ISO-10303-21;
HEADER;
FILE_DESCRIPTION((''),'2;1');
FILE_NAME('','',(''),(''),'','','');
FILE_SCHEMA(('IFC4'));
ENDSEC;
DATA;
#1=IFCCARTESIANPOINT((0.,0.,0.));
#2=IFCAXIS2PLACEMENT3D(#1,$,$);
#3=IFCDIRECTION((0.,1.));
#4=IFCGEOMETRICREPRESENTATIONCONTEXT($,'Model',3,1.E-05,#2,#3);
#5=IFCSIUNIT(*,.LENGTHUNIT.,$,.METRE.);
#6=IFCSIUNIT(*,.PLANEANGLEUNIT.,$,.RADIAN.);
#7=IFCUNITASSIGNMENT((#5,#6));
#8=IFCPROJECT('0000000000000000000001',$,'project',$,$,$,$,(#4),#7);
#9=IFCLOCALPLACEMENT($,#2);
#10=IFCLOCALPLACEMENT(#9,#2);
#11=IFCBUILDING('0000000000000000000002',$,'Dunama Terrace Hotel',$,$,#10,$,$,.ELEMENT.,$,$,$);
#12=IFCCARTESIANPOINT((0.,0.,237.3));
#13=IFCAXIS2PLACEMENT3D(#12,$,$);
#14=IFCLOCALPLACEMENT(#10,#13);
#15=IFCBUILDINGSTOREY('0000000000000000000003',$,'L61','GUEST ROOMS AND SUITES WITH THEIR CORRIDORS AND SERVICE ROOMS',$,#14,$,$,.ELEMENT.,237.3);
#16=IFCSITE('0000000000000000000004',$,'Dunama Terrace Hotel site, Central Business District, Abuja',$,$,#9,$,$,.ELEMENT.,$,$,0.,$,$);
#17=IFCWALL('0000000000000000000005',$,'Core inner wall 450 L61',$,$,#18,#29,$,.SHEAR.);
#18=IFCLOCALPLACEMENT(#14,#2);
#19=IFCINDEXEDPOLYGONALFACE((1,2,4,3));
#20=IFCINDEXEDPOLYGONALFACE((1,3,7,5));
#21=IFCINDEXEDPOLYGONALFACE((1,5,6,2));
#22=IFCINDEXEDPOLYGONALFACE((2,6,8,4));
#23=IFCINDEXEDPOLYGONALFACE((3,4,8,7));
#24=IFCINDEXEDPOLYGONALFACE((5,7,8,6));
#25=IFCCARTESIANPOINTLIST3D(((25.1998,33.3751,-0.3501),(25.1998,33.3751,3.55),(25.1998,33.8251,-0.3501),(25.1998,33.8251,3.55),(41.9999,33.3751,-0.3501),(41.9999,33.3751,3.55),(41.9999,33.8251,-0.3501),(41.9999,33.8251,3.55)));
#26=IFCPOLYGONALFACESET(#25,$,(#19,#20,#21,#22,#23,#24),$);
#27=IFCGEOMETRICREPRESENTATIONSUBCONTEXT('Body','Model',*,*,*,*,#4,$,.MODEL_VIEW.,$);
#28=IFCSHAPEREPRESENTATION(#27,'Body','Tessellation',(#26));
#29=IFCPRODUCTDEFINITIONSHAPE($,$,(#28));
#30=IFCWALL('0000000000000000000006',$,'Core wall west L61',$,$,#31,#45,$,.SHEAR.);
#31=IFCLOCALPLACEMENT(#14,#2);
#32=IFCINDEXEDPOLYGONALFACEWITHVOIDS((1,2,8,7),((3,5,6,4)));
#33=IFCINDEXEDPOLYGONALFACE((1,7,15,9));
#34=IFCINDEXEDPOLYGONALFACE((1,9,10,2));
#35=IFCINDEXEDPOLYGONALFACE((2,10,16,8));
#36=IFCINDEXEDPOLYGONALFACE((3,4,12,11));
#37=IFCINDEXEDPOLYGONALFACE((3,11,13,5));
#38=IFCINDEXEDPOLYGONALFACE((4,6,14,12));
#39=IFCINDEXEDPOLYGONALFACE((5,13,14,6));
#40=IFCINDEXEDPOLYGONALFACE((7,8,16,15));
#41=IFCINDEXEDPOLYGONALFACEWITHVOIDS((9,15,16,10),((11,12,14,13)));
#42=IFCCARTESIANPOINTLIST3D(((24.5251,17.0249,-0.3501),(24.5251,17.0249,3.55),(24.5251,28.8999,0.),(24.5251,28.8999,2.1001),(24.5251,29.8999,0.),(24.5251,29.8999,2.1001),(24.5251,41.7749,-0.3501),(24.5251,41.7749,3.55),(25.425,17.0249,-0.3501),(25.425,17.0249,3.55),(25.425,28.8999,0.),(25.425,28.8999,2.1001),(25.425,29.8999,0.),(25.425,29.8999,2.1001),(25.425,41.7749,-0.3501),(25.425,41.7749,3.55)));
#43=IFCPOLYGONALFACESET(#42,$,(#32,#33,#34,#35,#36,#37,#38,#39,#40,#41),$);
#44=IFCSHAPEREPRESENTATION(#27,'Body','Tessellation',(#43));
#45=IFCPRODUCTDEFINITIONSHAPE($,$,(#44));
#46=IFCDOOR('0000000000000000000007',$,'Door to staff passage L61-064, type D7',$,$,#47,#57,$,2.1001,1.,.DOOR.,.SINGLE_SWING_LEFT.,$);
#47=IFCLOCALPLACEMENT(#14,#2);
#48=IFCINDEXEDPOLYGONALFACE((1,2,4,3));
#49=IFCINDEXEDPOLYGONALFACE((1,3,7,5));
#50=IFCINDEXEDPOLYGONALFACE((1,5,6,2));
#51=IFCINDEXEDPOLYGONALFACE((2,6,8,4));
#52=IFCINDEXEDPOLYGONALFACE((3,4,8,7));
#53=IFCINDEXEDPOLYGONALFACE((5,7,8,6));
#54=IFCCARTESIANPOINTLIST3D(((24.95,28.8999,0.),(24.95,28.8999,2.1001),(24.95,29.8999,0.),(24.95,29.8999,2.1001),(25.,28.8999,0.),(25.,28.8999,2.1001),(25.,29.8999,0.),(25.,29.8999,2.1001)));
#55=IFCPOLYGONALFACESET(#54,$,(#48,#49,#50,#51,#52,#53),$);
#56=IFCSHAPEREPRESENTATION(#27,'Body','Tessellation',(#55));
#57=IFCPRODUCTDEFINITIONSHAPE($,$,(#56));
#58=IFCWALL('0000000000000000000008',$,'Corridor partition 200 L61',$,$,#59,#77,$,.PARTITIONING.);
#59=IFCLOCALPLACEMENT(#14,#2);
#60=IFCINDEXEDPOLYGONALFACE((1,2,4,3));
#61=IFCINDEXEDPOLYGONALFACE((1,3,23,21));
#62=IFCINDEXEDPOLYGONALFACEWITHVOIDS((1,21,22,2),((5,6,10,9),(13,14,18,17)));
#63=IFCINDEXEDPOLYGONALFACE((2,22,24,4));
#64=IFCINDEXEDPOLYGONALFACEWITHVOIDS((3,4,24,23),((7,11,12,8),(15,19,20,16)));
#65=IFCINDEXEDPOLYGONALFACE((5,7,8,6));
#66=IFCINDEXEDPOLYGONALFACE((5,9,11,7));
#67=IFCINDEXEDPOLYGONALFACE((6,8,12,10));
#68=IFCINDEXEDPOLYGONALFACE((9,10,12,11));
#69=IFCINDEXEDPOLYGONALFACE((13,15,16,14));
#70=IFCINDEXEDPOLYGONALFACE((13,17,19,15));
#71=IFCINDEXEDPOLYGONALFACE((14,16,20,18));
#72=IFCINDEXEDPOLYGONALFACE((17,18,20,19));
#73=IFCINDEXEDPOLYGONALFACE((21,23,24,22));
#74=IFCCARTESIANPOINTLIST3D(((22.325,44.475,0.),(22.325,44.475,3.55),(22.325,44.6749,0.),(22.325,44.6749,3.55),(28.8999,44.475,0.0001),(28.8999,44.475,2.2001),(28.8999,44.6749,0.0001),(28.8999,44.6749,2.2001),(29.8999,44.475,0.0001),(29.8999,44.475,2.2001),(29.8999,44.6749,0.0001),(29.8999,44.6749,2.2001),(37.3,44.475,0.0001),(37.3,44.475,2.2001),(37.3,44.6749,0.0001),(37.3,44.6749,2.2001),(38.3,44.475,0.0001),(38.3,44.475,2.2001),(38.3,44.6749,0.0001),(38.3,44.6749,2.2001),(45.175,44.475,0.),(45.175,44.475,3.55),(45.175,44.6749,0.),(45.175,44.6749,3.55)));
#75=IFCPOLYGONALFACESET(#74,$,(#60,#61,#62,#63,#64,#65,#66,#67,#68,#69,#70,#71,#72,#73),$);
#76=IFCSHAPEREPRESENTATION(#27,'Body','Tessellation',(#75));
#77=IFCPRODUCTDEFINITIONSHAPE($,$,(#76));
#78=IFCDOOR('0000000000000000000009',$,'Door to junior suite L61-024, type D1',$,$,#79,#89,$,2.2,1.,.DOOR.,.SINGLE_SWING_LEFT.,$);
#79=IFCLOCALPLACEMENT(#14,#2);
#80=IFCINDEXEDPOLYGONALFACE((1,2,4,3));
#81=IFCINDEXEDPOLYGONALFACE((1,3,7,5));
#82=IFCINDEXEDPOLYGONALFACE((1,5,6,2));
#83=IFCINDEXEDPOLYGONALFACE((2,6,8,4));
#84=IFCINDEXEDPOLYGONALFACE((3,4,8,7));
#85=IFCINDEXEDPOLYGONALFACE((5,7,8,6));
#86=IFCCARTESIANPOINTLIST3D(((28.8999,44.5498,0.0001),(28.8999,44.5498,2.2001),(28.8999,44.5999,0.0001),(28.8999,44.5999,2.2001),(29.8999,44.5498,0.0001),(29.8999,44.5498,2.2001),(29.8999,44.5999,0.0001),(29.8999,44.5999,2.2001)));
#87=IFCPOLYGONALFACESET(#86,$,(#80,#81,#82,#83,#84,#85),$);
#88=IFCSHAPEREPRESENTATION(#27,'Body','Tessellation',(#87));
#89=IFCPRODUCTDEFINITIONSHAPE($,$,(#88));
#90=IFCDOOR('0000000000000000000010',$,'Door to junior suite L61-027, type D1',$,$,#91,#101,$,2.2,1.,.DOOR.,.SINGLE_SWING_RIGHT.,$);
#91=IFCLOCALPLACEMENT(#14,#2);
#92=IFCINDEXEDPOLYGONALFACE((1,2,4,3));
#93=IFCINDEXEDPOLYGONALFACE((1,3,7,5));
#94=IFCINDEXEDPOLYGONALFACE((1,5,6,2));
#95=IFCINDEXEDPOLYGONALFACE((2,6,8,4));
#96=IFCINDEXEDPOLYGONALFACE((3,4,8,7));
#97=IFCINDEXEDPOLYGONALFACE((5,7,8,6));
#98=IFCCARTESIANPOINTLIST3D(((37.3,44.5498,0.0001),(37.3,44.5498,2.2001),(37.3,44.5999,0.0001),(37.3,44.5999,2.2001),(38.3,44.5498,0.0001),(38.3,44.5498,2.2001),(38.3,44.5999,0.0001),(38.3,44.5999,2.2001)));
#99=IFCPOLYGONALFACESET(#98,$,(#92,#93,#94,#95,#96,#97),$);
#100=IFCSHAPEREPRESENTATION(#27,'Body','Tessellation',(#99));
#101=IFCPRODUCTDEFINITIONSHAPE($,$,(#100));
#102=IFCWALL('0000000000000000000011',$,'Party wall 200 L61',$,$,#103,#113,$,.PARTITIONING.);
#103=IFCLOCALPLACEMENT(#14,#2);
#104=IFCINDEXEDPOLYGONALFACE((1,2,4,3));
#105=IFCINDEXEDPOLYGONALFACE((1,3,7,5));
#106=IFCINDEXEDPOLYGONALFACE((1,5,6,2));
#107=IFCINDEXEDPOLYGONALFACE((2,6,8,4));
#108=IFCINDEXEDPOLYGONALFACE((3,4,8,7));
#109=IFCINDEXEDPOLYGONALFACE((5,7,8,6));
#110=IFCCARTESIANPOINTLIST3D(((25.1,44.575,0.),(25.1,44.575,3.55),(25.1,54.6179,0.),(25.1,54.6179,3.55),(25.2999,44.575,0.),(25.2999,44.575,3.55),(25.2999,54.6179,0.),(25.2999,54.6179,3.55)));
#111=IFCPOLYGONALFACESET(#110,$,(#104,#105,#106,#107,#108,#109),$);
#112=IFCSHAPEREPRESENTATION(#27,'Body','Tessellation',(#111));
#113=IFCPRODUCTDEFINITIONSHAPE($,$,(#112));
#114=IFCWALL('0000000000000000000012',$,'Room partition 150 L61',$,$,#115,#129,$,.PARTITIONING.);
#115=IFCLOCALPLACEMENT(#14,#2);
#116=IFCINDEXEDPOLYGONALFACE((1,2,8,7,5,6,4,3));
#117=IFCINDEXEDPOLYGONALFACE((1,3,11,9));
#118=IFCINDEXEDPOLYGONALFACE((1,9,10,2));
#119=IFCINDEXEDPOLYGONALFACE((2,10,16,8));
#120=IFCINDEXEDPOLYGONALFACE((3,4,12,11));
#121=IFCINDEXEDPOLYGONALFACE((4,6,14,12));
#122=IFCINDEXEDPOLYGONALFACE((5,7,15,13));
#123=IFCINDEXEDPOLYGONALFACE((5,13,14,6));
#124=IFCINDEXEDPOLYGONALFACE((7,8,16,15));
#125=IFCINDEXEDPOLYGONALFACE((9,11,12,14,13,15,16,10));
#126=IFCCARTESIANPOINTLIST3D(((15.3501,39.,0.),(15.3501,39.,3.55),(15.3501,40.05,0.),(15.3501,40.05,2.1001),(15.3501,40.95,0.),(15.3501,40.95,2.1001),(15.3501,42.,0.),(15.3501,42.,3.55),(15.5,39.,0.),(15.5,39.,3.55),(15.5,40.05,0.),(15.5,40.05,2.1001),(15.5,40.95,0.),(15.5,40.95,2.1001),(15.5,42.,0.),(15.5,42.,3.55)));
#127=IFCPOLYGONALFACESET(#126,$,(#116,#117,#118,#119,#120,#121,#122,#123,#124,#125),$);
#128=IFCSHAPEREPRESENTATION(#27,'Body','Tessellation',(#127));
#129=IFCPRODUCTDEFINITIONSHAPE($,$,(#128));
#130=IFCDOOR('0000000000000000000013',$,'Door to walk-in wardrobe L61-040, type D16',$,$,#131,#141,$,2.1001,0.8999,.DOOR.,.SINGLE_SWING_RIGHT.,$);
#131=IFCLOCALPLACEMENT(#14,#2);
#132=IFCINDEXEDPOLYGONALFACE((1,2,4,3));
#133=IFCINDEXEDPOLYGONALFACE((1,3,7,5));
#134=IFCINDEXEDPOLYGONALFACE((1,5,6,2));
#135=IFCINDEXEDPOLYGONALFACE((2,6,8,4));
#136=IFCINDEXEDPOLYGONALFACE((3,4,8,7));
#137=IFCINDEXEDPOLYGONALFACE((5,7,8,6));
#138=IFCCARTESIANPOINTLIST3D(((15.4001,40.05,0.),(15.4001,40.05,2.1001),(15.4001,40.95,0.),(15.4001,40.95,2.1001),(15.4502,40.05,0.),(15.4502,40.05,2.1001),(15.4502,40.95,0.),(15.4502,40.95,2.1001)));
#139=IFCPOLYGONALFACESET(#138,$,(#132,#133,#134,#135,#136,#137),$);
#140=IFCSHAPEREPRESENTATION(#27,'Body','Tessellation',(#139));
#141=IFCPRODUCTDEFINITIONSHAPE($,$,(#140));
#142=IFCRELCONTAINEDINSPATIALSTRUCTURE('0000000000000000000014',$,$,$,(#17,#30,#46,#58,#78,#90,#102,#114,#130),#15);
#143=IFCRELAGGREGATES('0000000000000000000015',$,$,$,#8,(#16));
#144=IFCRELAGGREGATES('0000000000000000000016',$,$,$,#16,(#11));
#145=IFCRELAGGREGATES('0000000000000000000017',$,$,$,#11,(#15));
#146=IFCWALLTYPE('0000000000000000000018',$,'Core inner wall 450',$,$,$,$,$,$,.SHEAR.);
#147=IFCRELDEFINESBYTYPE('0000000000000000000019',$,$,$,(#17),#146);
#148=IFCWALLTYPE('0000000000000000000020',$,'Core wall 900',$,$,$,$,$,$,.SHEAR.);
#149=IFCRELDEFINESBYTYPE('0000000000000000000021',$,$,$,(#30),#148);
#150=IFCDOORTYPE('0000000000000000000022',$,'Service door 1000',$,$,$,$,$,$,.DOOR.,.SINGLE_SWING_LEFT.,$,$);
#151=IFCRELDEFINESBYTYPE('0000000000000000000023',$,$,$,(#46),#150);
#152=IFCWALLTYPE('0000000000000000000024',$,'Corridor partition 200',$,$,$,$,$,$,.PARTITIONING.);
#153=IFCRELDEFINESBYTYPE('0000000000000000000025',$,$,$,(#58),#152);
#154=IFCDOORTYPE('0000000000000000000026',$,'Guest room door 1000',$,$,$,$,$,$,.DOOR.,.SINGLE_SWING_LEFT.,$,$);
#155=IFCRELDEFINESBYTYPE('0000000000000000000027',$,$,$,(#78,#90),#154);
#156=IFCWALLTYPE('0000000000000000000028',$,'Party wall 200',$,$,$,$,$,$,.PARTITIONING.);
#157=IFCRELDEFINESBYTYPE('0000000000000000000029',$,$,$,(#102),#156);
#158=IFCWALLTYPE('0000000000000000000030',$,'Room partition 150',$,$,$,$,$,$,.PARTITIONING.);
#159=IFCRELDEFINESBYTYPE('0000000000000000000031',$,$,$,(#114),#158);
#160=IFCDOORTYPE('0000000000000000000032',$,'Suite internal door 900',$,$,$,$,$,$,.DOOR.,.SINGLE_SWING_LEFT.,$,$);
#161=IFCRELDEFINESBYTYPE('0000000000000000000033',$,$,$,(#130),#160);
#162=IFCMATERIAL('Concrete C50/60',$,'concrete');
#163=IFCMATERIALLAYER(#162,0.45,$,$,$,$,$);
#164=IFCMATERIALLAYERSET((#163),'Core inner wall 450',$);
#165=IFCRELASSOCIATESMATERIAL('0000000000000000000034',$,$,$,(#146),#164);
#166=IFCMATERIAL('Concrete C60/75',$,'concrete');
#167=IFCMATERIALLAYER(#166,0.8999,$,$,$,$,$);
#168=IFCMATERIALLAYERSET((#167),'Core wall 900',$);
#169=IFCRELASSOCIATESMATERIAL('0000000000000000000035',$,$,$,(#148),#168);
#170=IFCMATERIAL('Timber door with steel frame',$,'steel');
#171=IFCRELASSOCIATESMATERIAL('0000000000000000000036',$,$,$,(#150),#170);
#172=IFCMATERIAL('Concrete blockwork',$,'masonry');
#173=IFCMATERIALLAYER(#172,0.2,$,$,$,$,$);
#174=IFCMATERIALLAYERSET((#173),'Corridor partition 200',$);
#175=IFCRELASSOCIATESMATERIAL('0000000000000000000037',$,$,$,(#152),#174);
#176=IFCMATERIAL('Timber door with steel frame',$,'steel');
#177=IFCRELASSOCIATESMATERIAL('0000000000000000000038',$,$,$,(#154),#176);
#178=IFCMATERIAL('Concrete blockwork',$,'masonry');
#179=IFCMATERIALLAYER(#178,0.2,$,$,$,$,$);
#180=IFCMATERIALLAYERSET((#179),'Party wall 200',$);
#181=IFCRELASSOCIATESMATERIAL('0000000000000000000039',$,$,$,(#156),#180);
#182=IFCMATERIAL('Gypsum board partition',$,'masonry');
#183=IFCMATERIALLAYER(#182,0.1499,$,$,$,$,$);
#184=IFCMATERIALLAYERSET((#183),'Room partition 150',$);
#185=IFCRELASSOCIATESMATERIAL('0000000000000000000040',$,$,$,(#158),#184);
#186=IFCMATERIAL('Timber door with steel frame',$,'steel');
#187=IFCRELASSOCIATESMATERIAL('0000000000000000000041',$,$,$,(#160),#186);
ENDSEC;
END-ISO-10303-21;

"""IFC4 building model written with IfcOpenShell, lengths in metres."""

from ifc_helpers import new_model, si_unit, direction, frame, frame_2d, origin, place, context, subcontext, project, spatial, rectangle, extrude, material, layer, layer_set, type_object, element, fill, save


model = new_model("IFC4")

# Units and contexts
model_context = context("Model", 3, precision=1e-05, world=origin(), true_north=direction((0.0, 1.0)))
body_context = subcontext(model_context, "Body", "Model", "MODEL_VIEW")
ifc_project = project(units=[si_unit("LENGTHUNIT", "METRE"), si_unit("PLANEANGLEUNIT", "RADIAN")], contexts=[model_context])

# Site, building, storey
site_placement = place(None, origin())
site = spatial("IfcSite", under=ifc_project, at=site_placement, Name="Dunama Terrace Hotel site, Central Business District, Abuja", CompositionType="ELEMENT", RefElevation=0.0)
building_placement = place(site_placement, origin())
building = spatial("IfcBuilding", under=site, at=building_placement, Name="Dunama Terrace Hotel", CompositionType="ELEMENT")
storey_placement = place(building_placement, frame((0.0, 0.0, 237.3)))
storey = spatial("IfcBuildingStorey", under=building, at=storey_placement, Name="L61", Description="GUEST ROOMS AND SUITES WITH THEIR CORRIDORS AND SERVICE ROOMS", CompositionType="ELEMENT", Elevation=237.3)

# Shared definitions
ifc_material_1 = material(Name="Concrete C50/60", Category="concrete")
ifc_layer_1 = layer(ifc_material_1, 0.45)
ifc_layer_set_1 = layer_set([ifc_layer_1], Name="Core inner wall 450")
wall_type_1 = type_object("IfcWallType", Name="Core inner wall 450", PredefinedType="SHEAR", material=ifc_layer_set_1)

# Wall
wall_1_placement = place(storey_placement, frame((25.2, 33.6001, -0.3501), z_axis=(0.0, 0.0, 1.0), x_axis=(1.0, 0.0, 0.0)))
element("IfcWall", 1, at=wall_1_placement, inside=storey, type_object=wall_type_1, Name="Core inner wall 450 L61", PredefinedType="SHEAR", context=body_context, shape_type="SweptSolid", body=[
    extrude(rectangle(XDim=16.8, YDim=0.45, at=frame_2d((8.3999, 0.0))), origin(), (0.0, 0.0, 1.0), 3.9001),
])

# Wall, opening, door
ifc_material_2 = material(Name="Concrete C60/75", Category="concrete")
ifc_layer_2 = layer(ifc_material_2, 0.8999)
ifc_layer_set_2 = layer_set([ifc_layer_2], Name="Core wall 900")
wall_type_2 = type_object("IfcWallType", Name="Core wall 900", PredefinedType="SHEAR", material=ifc_layer_set_2)
wall_2_placement = place(storey_placement, frame((24.9751, 41.7749, -0.3501), z_axis=(0.0, 0.0, 1.0), x_axis=(0.0, -1.0, 0.0)))
wall_2 = element("IfcWall", 2, at=wall_2_placement, inside=storey, type_object=wall_type_2, Name="Core wall west L61", PredefinedType="SHEAR", context=body_context, shape_type="SweptSolid", body=[
    extrude(rectangle(XDim=24.75, YDim=0.8999, at=frame_2d((12.375, 0.0))), origin(), (0.0, 0.0, 1.0), 3.9001),
])
opening_1_placement = place(wall_2_placement, frame((11.875, 0.0, 0.3501)))
opening_1 = element("IfcOpeningElement", 3, at=opening_1_placement, cuts=wall_2, PredefinedType="OPENING", context=body_context, shape_type="SweptSolid", body=[
    extrude(rectangle(XDim=1.0, YDim=2.1001, at=frame_2d((0.5, 1.05))), frame((0.0, 0.46, 0.0), z_axis=(0.0, -1.0, 0.0), x_axis=(1.0, 0.0, 0.0)), (0.0, 0.0, 1.0), 0.9199),
])
ifc_material_3 = material(Name="Timber door with steel frame", Category="steel")
door_type_1 = type_object("IfcDoorType", Name="Service door 1000", OperationType="SINGLE_SWING_LEFT", PredefinedType="DOOR", material=ifc_material_3)
door_1_placement = place(opening_1_placement, origin())
door_1 = element("IfcDoor", 4, at=door_1_placement, inside=storey, type_object=door_type_1, Name="Door to staff passage L61-064, type D7", OperationType="SINGLE_SWING_LEFT", OverallHeight=2.1001, OverallWidth=1.0, PredefinedType="DOOR", context=body_context, shape_type="SweptSolid", body=[
    extrude(rectangle(XDim=1.0, YDim=2.1001, at=frame_2d((0.5, 1.05))), frame((0.0, 0.0249, 0.0), z_axis=(0.0, -1.0, 0.0), x_axis=(1.0, 0.0, 0.0)), (0.0, 0.0, 1.0), 0.05),
])
fill(opening_1, door_1)

# Wall, openings, doors
ifc_material_4 = material(Name="Concrete blockwork", Category="masonry")
ifc_layer_3 = layer(ifc_material_4, 0.2)
ifc_layer_set_3 = layer_set([ifc_layer_3], Name="Corridor partition 200")
wall_type_3 = type_object("IfcWallType", Name="Corridor partition 200", PredefinedType="PARTITIONING", material=ifc_layer_set_3)
wall_3_placement = place(storey_placement, frame((22.325, 44.575, 0.0), z_axis=(0.0, 0.0, 1.0), x_axis=(1.0, 0.0, 0.0)))
wall_3 = element("IfcWall", 5, at=wall_3_placement, inside=storey, type_object=wall_type_3, Name="Corridor partition 200 L61", PredefinedType="PARTITIONING", context=body_context, shape_type="SweptSolid", body=[
    extrude(rectangle(XDim=22.8501, YDim=0.2, at=frame_2d((11.425, 0.0))), origin(), (0.0, 0.0, 1.0), 3.55),
])
opening_2_placement = place(wall_3_placement, frame((6.575, 0.0, 0.0)))
opening_2 = element("IfcOpeningElement", 6, at=opening_2_placement, cuts=wall_3, PredefinedType="OPENING", context=body_context, shape_type="SweptSolid", body=[
    extrude(rectangle(XDim=1.0, YDim=2.2, at=frame_2d((0.5, 1.1001))), frame((0.0, 0.1099, 0.0), z_axis=(0.0, -1.0, 0.0), x_axis=(1.0, 0.0, 0.0)), (0.0, 0.0, 1.0), 0.22),
])
opening_3_placement = place(wall_3_placement, frame((14.9751, 0.0, 0.0)))
opening_3 = element("IfcOpeningElement", 7, at=opening_3_placement, cuts=wall_3, PredefinedType="OPENING", context=body_context, shape_type="SweptSolid", body=[
    extrude(rectangle(XDim=1.0, YDim=2.2, at=frame_2d((0.5, 1.1001))), frame((0.0, 0.1099, 0.0), z_axis=(0.0, -1.0, 0.0), x_axis=(1.0, 0.0, 0.0)), (0.0, 0.0, 1.0), 0.22),
])
ifc_material_5 = material(Name="Timber door with steel frame", Category="steel")
door_type_2 = type_object("IfcDoorType", Name="Guest room door 1000", OperationType="SINGLE_SWING_LEFT", PredefinedType="DOOR", material=ifc_material_5)
door_2_placement = place(opening_2_placement, origin())
door_2 = element("IfcDoor", 8, at=door_2_placement, inside=storey, type_object=door_type_2, Name="Door to junior suite L61-024, type D1", OperationType="SINGLE_SWING_LEFT", OverallHeight=2.2, OverallWidth=1.0, PredefinedType="DOOR", context=body_context, shape_type="SweptSolid", body=[
    extrude(rectangle(XDim=1.0, YDim=2.2, at=frame_2d((0.5, 1.1001))), frame((0.0, 0.0249, 0.0), z_axis=(0.0, -1.0, 0.0), x_axis=(1.0, 0.0, 0.0)), (0.0, 0.0, 1.0), 0.05),
])
fill(opening_2, door_2)
door_3_placement = place(opening_3_placement, origin())
door_3 = element("IfcDoor", 9, at=door_3_placement, inside=storey, type_object=door_type_2, Name="Door to junior suite L61-027, type D1", OperationType="SINGLE_SWING_RIGHT", OverallHeight=2.2, OverallWidth=1.0, PredefinedType="DOOR", context=body_context, shape_type="SweptSolid", body=[
    extrude(rectangle(XDim=1.0, YDim=2.2, at=frame_2d((0.5, 1.1001))), frame((0.0, 0.0249, 0.0), z_axis=(0.0, -1.0, 0.0), x_axis=(1.0, 0.0, 0.0)), (0.0, 0.0, 1.0), 0.05),
])
fill(opening_3, door_3)

# Wall
ifc_material_6 = material(Name="Concrete blockwork", Category="masonry")
ifc_layer_4 = layer(ifc_material_6, 0.2)
ifc_layer_set_4 = layer_set([ifc_layer_4], Name="Party wall 200")
wall_type_4 = type_object("IfcWallType", Name="Party wall 200", PredefinedType="PARTITIONING", material=ifc_layer_set_4)
wall_4_placement = place(storey_placement, frame((25.2, 44.575, 0.0), z_axis=(0.0, 0.0, 1.0), x_axis=(0.0, 1.0, 0.0)))
element("IfcWall", 10, at=wall_4_placement, inside=storey, type_object=wall_type_4, Name="Party wall 200 L61", PredefinedType="PARTITIONING", context=body_context, shape_type="SweptSolid", body=[
    extrude(rectangle(XDim=10.043, YDim=0.2, at=frame_2d((5.0215, 0.0))), origin(), (0.0, 0.0, 1.0), 3.55),
])

# Wall, opening, door
ifc_material_7 = material(Name="Gypsum board partition", Category="masonry")
ifc_layer_5 = layer(ifc_material_7, 0.1499)
ifc_layer_set_5 = layer_set([ifc_layer_5], Name="Room partition 150")
wall_type_5 = type_object("IfcWallType", Name="Room partition 150", PredefinedType="PARTITIONING", material=ifc_layer_set_5)
wall_5_placement = place(storey_placement, frame((15.425, 39.0, 0.0), z_axis=(0.0, 0.0, 1.0), x_axis=(0.0, 1.0, 0.0)))
wall_5 = element("IfcWall", 11, at=wall_5_placement, inside=storey, type_object=wall_type_5, Name="Room partition 150 L61", PredefinedType="PARTITIONING", context=body_context, shape_type="SweptSolid", body=[
    extrude(rectangle(XDim=3.0, YDim=0.1499, at=frame_2d((1.5, 0.0))), origin(), (0.0, 0.0, 1.0), 3.55),
])
opening_4_placement = place(wall_5_placement, frame((1.05, 0.0, 0.0)))
opening_4 = element("IfcOpeningElement", 12, at=opening_4_placement, cuts=wall_5, PredefinedType="OPENING", context=body_context, shape_type="SweptSolid", body=[
    extrude(rectangle(XDim=0.8999, YDim=2.1001, at=frame_2d((0.45, 1.05))), frame((0.0, 0.085, 0.0), z_axis=(0.0, -1.0, 0.0), x_axis=(1.0, 0.0, 0.0)), (0.0, 0.0, 1.0), 0.1699),
])
ifc_material_8 = material(Name="Timber door with steel frame", Category="steel")
door_type_3 = type_object("IfcDoorType", Name="Suite internal door 900", OperationType="SINGLE_SWING_LEFT", PredefinedType="DOOR", material=ifc_material_8)
door_4_placement = place(opening_4_placement, frame((0.8999, 0.0, 0.0), z_axis=(0.0, 0.0, 1.0), x_axis=(-1.0, 0.0, 0.0)))
door_4 = element("IfcDoor", 13, at=door_4_placement, inside=storey, type_object=door_type_3, Name="Door to walk-in wardrobe L61-040, type D16", OperationType="SINGLE_SWING_RIGHT", OverallHeight=2.1001, OverallWidth=0.8999, PredefinedType="DOOR", context=body_context, shape_type="SweptSolid", body=[
    extrude(rectangle(XDim=0.8999, YDim=2.1001, at=frame_2d((0.45, 1.05))), frame((0.0, 0.0251, 0.0), z_axis=(0.0, -1.0, 0.0), x_axis=(1.0, 0.0, 0.0)), (0.0, 0.0, 1.0), 0.05),
])
fill(opening_4, door_4)

save(model, "model.ifc")
